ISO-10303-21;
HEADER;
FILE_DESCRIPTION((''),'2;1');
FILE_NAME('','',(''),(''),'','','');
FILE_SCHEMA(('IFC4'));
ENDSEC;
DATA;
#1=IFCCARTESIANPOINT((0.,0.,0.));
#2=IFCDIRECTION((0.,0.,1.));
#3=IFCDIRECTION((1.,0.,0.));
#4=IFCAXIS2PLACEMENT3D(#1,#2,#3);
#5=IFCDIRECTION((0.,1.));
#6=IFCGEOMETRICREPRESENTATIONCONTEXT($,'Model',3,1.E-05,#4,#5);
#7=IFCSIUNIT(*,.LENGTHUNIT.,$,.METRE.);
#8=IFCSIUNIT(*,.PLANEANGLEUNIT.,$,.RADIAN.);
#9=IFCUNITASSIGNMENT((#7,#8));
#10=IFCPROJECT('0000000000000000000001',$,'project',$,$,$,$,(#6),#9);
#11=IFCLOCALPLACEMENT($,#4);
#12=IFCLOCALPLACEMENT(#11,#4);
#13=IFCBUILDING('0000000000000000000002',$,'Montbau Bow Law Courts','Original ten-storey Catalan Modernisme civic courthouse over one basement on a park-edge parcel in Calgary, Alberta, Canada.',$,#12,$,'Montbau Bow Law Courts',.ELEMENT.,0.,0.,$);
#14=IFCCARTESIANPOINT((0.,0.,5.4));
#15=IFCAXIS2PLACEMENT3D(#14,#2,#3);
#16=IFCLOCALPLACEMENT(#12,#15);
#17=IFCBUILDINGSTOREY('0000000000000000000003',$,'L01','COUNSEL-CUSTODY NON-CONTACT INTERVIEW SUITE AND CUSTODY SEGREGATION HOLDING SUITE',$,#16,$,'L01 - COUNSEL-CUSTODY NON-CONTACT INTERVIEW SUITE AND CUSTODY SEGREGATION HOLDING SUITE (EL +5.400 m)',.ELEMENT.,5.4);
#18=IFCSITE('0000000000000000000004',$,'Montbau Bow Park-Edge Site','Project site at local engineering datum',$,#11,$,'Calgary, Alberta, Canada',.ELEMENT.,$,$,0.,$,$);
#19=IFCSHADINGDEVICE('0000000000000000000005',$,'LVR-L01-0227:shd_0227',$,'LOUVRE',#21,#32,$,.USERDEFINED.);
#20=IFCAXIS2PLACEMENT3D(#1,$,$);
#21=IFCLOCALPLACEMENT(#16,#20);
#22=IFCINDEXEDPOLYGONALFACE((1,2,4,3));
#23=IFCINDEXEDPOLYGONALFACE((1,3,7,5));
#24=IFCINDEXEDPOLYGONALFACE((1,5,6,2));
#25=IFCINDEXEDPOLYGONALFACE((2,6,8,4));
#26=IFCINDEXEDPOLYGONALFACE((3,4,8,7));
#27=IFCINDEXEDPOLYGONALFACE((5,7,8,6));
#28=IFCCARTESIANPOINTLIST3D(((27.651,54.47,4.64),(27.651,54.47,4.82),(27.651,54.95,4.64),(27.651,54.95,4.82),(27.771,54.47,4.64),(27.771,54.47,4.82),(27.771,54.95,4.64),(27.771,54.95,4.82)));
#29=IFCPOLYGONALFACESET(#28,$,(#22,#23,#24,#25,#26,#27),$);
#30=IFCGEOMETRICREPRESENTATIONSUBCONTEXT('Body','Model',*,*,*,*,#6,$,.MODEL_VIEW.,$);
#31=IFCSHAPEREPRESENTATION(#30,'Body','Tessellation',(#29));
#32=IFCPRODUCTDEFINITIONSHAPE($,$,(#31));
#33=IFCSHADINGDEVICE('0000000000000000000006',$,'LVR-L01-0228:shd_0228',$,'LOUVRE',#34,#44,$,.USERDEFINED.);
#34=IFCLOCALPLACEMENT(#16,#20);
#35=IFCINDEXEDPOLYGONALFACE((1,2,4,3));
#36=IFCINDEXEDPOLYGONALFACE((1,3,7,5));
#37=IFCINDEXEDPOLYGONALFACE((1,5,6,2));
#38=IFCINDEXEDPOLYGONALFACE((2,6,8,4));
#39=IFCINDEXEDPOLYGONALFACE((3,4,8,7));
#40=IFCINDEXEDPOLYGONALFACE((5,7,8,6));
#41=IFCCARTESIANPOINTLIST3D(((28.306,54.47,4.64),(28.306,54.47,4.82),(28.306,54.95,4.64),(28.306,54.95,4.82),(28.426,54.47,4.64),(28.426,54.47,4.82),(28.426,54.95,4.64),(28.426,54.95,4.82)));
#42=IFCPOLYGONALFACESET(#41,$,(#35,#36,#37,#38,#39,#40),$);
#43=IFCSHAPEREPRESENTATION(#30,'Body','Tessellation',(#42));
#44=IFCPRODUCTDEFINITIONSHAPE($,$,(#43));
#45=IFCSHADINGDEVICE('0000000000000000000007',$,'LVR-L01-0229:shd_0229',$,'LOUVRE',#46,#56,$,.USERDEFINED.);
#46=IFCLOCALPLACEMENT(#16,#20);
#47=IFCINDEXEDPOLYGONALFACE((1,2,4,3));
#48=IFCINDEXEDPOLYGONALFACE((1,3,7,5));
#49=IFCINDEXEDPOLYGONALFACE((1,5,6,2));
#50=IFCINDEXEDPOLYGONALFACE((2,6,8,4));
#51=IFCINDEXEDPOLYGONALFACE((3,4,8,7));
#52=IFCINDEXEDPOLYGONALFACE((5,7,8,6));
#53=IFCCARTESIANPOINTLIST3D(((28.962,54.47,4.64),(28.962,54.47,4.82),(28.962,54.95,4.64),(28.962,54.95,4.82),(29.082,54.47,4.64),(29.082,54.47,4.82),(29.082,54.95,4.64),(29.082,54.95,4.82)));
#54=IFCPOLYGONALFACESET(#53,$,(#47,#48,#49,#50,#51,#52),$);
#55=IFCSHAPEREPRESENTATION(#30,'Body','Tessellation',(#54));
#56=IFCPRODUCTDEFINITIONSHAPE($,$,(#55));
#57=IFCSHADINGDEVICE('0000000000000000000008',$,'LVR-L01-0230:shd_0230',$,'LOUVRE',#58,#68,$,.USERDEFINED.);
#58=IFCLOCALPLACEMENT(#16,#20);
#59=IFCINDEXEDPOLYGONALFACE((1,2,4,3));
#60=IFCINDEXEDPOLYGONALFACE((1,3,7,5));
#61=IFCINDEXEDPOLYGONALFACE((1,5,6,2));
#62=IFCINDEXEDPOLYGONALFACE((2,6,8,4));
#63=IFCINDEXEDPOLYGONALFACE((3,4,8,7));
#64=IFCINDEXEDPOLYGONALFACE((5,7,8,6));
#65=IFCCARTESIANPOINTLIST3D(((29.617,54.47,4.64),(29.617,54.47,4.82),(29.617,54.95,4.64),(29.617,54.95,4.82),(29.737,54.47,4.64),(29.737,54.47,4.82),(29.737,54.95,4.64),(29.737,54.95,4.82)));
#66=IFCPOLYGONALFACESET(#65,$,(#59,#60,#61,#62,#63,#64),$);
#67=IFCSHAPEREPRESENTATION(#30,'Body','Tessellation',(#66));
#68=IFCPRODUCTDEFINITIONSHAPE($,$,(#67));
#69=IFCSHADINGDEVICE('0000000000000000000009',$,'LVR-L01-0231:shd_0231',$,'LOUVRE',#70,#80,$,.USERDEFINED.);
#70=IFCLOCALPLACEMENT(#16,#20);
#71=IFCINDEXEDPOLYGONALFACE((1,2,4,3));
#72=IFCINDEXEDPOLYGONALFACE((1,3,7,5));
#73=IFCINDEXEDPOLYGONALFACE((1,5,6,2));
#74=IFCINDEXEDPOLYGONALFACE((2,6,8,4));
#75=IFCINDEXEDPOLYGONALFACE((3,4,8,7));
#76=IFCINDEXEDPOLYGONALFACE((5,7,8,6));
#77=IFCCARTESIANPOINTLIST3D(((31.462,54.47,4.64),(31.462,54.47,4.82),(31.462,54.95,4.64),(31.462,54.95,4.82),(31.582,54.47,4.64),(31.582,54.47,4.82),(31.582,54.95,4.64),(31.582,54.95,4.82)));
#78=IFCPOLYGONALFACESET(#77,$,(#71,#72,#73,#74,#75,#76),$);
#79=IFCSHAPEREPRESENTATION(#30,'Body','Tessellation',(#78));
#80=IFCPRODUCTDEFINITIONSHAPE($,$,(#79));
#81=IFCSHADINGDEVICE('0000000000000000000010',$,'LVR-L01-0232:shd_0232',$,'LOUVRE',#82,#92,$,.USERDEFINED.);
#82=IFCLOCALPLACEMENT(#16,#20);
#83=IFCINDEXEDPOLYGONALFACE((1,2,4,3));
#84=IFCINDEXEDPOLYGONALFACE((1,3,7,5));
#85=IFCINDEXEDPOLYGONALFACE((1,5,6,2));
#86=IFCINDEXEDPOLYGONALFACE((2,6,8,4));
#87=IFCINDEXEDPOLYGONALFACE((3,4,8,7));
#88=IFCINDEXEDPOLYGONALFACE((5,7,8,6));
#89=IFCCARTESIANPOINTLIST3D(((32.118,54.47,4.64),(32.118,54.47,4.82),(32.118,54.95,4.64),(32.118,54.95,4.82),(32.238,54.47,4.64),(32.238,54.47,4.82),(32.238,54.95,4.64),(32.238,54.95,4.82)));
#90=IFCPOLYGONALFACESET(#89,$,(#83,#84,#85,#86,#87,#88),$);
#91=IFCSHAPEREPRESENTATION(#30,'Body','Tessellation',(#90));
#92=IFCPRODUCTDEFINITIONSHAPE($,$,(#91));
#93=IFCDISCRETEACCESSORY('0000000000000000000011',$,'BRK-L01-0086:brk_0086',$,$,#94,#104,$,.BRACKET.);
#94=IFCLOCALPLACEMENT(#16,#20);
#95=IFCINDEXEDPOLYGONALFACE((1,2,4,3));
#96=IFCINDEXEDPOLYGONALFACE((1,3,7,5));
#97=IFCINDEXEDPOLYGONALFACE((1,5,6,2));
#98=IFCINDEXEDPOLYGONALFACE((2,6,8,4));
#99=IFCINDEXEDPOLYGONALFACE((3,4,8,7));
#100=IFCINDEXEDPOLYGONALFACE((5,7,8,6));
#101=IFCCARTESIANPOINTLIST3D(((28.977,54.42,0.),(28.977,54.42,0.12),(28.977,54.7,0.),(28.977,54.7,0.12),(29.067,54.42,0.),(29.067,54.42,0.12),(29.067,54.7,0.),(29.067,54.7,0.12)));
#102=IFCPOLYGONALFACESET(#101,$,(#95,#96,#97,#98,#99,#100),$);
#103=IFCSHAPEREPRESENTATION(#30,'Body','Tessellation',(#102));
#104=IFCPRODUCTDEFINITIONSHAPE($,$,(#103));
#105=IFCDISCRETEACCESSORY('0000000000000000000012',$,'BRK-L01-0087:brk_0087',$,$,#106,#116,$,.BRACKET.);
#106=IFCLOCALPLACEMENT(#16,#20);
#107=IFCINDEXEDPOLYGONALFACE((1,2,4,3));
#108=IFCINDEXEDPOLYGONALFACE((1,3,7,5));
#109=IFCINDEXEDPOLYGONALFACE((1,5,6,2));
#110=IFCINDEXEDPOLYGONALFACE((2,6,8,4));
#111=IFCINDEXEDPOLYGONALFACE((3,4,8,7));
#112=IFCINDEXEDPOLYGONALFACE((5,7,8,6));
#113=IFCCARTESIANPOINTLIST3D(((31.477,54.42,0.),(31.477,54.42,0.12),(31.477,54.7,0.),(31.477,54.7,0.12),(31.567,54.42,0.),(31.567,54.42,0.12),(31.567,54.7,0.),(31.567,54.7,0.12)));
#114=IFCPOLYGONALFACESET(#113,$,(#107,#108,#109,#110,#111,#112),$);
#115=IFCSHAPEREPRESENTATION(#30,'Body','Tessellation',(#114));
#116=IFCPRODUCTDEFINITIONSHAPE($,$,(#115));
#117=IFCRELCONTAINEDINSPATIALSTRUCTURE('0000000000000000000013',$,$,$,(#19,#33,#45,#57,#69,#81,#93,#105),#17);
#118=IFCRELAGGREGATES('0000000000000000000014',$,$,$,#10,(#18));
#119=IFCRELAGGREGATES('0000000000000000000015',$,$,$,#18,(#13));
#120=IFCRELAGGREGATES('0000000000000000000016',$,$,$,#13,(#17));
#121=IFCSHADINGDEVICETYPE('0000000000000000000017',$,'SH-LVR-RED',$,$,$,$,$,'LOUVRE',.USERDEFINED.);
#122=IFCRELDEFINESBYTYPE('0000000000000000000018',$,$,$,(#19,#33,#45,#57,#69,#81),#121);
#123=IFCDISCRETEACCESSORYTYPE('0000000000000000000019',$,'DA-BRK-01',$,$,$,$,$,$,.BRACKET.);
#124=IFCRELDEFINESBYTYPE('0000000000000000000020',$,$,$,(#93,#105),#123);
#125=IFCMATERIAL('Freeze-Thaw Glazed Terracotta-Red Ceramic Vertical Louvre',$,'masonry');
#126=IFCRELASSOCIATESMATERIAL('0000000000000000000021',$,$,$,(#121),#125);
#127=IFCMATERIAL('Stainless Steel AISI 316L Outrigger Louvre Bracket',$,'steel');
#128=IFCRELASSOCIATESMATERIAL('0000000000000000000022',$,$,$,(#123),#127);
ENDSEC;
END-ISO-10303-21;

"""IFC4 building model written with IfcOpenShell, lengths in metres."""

from ifc_helpers import new_model, si_unit, direction, frame, origin_with_axes, origin_2d_with_axis, place, context, subcontext, project, spatial, rectangle, extrude, material, type_object, element, save


model = new_model("IFC4")

# Units and contexts
model_context = context("Model", 3, precision=1e-05, world=origin_with_axes(), true_north=direction((0.0, 1.0)))
body_context = subcontext(model_context, "Body", "Model", "MODEL_VIEW")
ifc_project = project(units=[si_unit("LENGTHUNIT", "METRE"), si_unit("PLANEANGLEUNIT", "RADIAN")], contexts=[model_context])

# Site, building, storey
site_placement = place(None, origin_with_axes())
site = spatial("IfcSite", under=ifc_project, at=site_placement, Name="Montbau Bow Park-Edge Site", Description="Project site at local engineering datum", LongName="Calgary, Alberta, Canada", CompositionType="ELEMENT", RefElevation=0.0)
building_placement = place(site_placement, origin_with_axes())
building = spatial("IfcBuilding", under=site, at=building_placement, Name="Montbau Bow Law Courts", Description="Original ten-storey Catalan Modernisme civic courthouse over one basement on a park-edge parcel in Calgary, Alberta, Canada.", LongName="Montbau Bow Law Courts", CompositionType="ELEMENT", ElevationOfRefHeight=0.0, ElevationOfTerrain=0.0)
storey_placement = place(building_placement, frame((0.0, 0.0, 5.4), z_axis=(0.0, 0.0, 1.0), x_axis=(1.0, 0.0, 0.0)))
storey = spatial("IfcBuildingStorey", under=building, at=storey_placement, Name="L01", Description="COUNSEL-CUSTODY NON-CONTACT INTERVIEW SUITE AND CUSTODY SEGREGATION HOLDING SUITE", LongName="L01 - COUNSEL-CUSTODY NON-CONTACT INTERVIEW SUITE AND CUSTODY SEGREGATION HOLDING SUITE (EL +5.400 m)", CompositionType="ELEMENT", Elevation=5.4)

# Shared definitions
ifc_material_1 = material(Name="Freeze-Thaw Glazed Terracotta-Red Ceramic Vertical Louvre", Category="masonry")

# Shading devices
shading_device_type = type_object("IfcShadingDeviceType", Name="SH-LVR-RED", ElementType="LOUVRE", PredefinedType="USERDEFINED", material=ifc_material_1)
for number, where, z_axis, x_axis, name in (
    (1, (27.711, 54.71, 10.04), (0.0, 0.0, 1.0), (0.0, 1.0, 0.0), "LVR-L01-0227:shd_0227"),
    (2, (28.366, 54.71, 10.04), (0.0, 0.0, 1.0), (0.0, 1.0, 0.0), "LVR-L01-0228:shd_0228"),
    (3, (29.022, 54.71, 10.04), (0.0, 0.0, 1.0), (0.0, 1.0, 0.0), "LVR-L01-0229:shd_0229"),
    (4, (29.677, 54.71, 10.04), (0.0, 0.0, 1.0), (0.0, 1.0, 0.0), "LVR-L01-0230:shd_0230"),
    (5, (31.522, 54.71, 10.04), (0.0, 0.0, 1.0), (0.0, 1.0, 0.0), "LVR-L01-0231:shd_0231"),
    (6, (32.178, 54.71, 10.04), (0.0, 0.0, 1.0), (0.0, 1.0, 0.0), "LVR-L01-0232:shd_0232"),
):
    element("IfcShadingDevice", number, at=place(None, frame(where, z_axis=z_axis, x_axis=x_axis)), inside=storey, type_object=shading_device_type, Name=name, ObjectType="LOUVRE", PredefinedType="USERDEFINED", context=body_context, shape_type="SweptSolid", body=[
        extrude(rectangle(XDim=0.48, YDim=0.12, at=origin_2d_with_axis()), origin_with_axes(), (0.0, 0.0, 1.0), 0.18),
    ])

# Discrete accessories
ifc_material_2 = material(Name="Stainless Steel AISI 316L Outrigger Louvre Bracket", Category="steel")
discrete_accessory_type = type_object("IfcDiscreteAccessoryType", Name="DA-BRK-01", PredefinedType="BRACKET", material=ifc_material_2)
for number, where, z_axis, x_axis, name in (
    (7, (29.022, 54.56, 5.4), (0.0, 0.0, 1.0), (0.0, 1.0, 0.0), "BRK-L01-0086:brk_0086"),
    (8, (31.522, 54.56, 5.4), (0.0, 0.0, 1.0), (0.0, 1.0, 0.0), "BRK-L01-0087:brk_0087"),
):
    element("IfcDiscreteAccessory", number, at=place(None, frame(where, z_axis=z_axis, x_axis=x_axis)), inside=storey, type_object=discrete_accessory_type, Name=name, PredefinedType="BRACKET", context=body_context, shape_type="SweptSolid", body=[
        extrude(rectangle(XDim=0.28, YDim=0.09, at=origin_2d_with_axis()), origin_with_axes(), (0.0, 0.0, 1.0), 0.12),
    ])

save(model, "model.ifc")
